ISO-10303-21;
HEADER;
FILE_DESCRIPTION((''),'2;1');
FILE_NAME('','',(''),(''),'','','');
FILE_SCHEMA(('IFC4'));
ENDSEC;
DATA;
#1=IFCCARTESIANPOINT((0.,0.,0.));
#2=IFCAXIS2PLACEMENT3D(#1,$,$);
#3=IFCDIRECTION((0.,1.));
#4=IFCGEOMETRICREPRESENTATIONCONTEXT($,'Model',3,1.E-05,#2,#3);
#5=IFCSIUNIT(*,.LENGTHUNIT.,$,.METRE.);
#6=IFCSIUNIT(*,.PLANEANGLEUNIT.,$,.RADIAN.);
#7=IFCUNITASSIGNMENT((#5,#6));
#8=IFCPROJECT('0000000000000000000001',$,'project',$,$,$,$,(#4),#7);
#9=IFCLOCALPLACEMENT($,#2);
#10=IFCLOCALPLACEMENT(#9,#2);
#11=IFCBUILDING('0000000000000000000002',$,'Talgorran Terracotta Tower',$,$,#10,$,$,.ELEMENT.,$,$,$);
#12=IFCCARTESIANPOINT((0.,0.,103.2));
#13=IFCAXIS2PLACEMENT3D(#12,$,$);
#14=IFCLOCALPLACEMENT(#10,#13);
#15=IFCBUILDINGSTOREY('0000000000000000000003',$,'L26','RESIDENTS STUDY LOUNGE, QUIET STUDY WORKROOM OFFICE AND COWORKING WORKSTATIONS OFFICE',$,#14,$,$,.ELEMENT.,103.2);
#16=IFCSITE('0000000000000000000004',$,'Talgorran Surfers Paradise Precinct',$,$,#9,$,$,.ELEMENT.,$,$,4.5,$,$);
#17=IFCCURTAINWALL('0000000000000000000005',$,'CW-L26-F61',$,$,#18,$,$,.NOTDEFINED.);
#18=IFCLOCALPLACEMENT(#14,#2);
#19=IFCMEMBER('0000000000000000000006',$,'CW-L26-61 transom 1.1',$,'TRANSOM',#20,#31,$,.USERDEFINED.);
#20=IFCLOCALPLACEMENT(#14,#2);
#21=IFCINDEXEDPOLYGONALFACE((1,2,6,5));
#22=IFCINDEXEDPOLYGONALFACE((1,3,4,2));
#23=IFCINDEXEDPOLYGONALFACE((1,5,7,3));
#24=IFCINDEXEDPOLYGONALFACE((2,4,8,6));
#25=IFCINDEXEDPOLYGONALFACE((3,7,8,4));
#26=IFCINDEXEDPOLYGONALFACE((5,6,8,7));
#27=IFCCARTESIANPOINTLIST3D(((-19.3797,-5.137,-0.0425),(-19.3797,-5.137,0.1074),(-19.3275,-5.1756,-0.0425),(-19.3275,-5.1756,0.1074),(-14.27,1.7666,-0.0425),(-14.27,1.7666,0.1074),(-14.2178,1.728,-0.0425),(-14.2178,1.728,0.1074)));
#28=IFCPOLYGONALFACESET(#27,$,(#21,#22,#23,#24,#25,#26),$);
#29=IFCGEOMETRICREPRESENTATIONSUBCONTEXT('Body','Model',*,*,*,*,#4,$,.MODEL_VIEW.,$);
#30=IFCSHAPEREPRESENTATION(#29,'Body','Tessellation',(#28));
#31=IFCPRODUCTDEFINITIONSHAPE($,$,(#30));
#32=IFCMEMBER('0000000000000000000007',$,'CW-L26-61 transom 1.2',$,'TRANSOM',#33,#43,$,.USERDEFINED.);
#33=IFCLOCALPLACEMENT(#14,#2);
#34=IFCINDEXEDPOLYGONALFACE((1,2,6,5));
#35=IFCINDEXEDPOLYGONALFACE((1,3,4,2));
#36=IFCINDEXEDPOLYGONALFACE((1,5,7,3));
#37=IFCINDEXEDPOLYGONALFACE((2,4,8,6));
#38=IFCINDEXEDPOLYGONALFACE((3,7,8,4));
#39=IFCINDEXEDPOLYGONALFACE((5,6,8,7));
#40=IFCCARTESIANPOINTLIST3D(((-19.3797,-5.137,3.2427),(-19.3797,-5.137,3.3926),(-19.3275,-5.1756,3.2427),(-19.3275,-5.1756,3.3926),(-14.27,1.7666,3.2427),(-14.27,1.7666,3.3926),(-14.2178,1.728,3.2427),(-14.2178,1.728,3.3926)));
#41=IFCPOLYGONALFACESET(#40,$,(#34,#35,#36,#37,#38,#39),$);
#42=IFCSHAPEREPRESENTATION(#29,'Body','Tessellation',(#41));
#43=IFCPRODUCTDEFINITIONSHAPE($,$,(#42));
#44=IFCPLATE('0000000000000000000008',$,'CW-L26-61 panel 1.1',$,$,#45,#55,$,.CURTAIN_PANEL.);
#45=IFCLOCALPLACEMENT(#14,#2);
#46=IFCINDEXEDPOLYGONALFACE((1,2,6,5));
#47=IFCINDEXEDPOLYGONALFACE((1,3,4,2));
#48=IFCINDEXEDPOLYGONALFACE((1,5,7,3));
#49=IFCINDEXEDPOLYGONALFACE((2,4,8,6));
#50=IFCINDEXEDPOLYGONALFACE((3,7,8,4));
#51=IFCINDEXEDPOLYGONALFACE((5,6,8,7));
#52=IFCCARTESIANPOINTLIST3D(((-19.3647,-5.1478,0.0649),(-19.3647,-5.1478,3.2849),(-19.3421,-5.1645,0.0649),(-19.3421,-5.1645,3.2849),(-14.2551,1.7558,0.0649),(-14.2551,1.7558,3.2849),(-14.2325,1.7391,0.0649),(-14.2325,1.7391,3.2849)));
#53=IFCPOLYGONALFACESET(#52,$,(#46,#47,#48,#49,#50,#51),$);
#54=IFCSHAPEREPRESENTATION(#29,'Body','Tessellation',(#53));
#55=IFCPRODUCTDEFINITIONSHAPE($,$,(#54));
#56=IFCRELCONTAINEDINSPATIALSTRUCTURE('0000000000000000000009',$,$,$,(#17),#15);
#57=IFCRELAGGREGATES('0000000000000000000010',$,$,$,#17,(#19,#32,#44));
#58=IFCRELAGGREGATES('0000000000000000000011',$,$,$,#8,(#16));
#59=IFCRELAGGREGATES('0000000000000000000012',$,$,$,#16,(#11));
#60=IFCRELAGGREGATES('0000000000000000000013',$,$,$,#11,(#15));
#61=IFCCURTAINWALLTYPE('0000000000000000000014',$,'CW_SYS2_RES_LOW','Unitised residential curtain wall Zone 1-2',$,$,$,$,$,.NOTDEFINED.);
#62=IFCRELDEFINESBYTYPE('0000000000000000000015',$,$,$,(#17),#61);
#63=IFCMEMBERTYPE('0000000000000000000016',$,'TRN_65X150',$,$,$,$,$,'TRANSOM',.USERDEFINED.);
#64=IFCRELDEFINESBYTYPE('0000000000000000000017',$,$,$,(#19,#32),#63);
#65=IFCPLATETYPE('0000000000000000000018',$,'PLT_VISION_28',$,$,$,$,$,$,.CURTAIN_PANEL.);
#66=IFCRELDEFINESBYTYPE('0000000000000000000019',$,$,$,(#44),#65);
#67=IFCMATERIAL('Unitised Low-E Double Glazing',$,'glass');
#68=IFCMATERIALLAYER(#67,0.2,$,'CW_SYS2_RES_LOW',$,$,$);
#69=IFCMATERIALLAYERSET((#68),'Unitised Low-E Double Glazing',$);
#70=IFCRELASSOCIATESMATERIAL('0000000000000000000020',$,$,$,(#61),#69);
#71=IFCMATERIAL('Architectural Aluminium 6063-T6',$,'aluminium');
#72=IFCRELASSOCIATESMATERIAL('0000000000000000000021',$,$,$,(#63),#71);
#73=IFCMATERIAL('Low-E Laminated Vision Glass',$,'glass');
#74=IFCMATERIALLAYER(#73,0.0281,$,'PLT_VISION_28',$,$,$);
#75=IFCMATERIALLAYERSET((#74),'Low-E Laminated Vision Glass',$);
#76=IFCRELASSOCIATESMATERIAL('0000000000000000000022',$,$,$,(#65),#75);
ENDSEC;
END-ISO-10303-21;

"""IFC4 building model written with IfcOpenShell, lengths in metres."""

from ifc_helpers import new_model, si_unit, direction, frame, origin, origin_2d, place, context, subcontext, project, spatial, rectangle, extrude, source, transform, mapped, material, layer, layer_set, material_profile, profile_set, type_object, type_shapes, element, aggregate, save


model = new_model("IFC4")

# Units and contexts
model_context = context("Model", 3, precision=1e-05, world=origin(), true_north=direction((0.0, 1.0)))
body_context = subcontext(model_context, "Body", "Model", "MODEL_VIEW")
ifc_project = project(units=[si_unit("LENGTHUNIT", "METRE"), si_unit("PLANEANGLEUNIT", "RADIAN")], contexts=[model_context])

# Site, building, storey
site_placement = place(None, origin())
site = spatial("IfcSite", under=ifc_project, at=site_placement, Name="Talgorran Surfers Paradise Precinct", CompositionType="ELEMENT", RefElevation=4.5)
building_placement = place(site_placement, origin())
building = spatial("IfcBuilding", under=site, at=building_placement, Name="Talgorran Terracotta Tower", CompositionType="ELEMENT")
storey_placement = place(building_placement, frame((0.0, 0.0, 103.2)))
storey = spatial("IfcBuildingStorey", under=building, at=storey_placement, Name="L26", Description="RESIDENTS STUDY LOUNGE, QUIET STUDY WORKROOM OFFICE AND COWORKING WORKSTATIONS OFFICE", CompositionType="ELEMENT", Elevation=103.2)

# Curtain wall, members, plate
ifc_material_1 = material(Name="Unitised Low-E Double Glazing", Category="glass")
ifc_layer_1 = layer(ifc_material_1, 0.2, Name="CW_SYS2_RES_LOW")
ifc_layer_set_1 = layer_set([ifc_layer_1], Name="Unitised Low-E Double Glazing")
curtain_wall_type = type_object("IfcCurtainWallType", Name="CW_SYS2_RES_LOW", Description="Unitised residential curtain wall Zone 1-2", PredefinedType="NOTDEFINED", material=ifc_layer_set_1)
curtain_wall_placement = place(storey_placement, origin())
curtain_wall = element("IfcCurtainWall", 1, at=curtain_wall_placement, inside=storey, type_object=curtain_wall_type, Name="CW-L26-F61", PredefinedType="NOTDEFINED")
ifc_material_2 = material(Name="Architectural Aluminium 6063-T6", Category="aluminium")
ifc_material_profile_1 = material_profile(ifc_material_2, rectangle(XDim=0.0649, YDim=0.1499, at=origin_2d()), Name="CWT65X150")
ifc_profile_set_1 = profile_set([ifc_material_profile_1], Name="Architectural Aluminium 6063-T6")
member_type_1 = type_object("IfcMemberType", Name="TRN_65X150", ElementType="TRANSOM", PredefinedType="USERDEFINED", material=ifc_profile_set_1)
member_1_placement = place(storey_placement, frame((-14.2439, 1.7473, 0.0325), z_axis=(-0.594917, -0.803787, 0.0), x_axis=(0.803787, -0.594917, 0.0)))
member_1 = element("IfcMember", 2, at=member_1_placement, type_object=member_type_1, Name="CW-L26-61 transom 1.1", ObjectType="TRANSOM", PredefinedType="USERDEFINED", context=body_context, shape_type="SweptSolid", body=[
    extrude(rectangle(XDim=0.0649, YDim=0.1499, at=origin_2d()), origin(), (0.0, 0.0, 1.0), 8.5889),
])
member_2_placement = place(storey_placement, frame((-14.2439, 1.7473, 3.3176), z_axis=(-0.594917, -0.803787, 0.0), x_axis=(0.803787, -0.594917, 0.0)))
member_2 = element("IfcMember", 3, at=member_2_placement, type_object=member_type_1, Name="CW-L26-61 transom 1.2", ObjectType="TRANSOM", PredefinedType="USERDEFINED", context=body_context, shape_type="SweptSolid", body=[
    extrude(rectangle(XDim=0.0649, YDim=0.1499, at=origin_2d()), origin(), (0.0, 0.0, 1.0), 8.5889),
])
ifc_material_3 = material(Name="Low-E Laminated Vision Glass", Category="glass")
ifc_layer_2 = layer(ifc_material_3, 0.0281, Name="PLT_VISION_28")
ifc_layer_set_2 = layer_set([ifc_layer_2], Name="Low-E Laminated Vision Glass")
plate_type = type_object("IfcPlateType", Name="PLT_VISION_28", PredefinedType="CURTAIN_PANEL", material=ifc_layer_set_2)
shared_shape = source(origin(), body_context, "Body", "SweptSolid", [
    extrude(rectangle(XDim=8.5889, YDim=0.0281, at=origin_2d()), origin(), (0.0, 0.0, 1.0), 3.22),
])
type_shapes(plate_type, [shared_shape])
plate_placement = place(storey_placement, frame((-16.7986, -1.7043, 0.0649), z_axis=(0.0, 0.0, 1.0), x_axis=(-0.59491, -0.803792, 0.0)))
plate = element("IfcPlate", 4, at=plate_placement, type_object=plate_type, Name="CW-L26-61 panel 1.1", PredefinedType="CURTAIN_PANEL", context=body_context, shape_type="MappedRepresentation", body=[
    mapped(shared_shape, transform((0.0, 0.0, 0.0), scale=1.0)),
])
aggregate(curtain_wall, [member_1, member_2, plate])

save(model, "model.ifc")
